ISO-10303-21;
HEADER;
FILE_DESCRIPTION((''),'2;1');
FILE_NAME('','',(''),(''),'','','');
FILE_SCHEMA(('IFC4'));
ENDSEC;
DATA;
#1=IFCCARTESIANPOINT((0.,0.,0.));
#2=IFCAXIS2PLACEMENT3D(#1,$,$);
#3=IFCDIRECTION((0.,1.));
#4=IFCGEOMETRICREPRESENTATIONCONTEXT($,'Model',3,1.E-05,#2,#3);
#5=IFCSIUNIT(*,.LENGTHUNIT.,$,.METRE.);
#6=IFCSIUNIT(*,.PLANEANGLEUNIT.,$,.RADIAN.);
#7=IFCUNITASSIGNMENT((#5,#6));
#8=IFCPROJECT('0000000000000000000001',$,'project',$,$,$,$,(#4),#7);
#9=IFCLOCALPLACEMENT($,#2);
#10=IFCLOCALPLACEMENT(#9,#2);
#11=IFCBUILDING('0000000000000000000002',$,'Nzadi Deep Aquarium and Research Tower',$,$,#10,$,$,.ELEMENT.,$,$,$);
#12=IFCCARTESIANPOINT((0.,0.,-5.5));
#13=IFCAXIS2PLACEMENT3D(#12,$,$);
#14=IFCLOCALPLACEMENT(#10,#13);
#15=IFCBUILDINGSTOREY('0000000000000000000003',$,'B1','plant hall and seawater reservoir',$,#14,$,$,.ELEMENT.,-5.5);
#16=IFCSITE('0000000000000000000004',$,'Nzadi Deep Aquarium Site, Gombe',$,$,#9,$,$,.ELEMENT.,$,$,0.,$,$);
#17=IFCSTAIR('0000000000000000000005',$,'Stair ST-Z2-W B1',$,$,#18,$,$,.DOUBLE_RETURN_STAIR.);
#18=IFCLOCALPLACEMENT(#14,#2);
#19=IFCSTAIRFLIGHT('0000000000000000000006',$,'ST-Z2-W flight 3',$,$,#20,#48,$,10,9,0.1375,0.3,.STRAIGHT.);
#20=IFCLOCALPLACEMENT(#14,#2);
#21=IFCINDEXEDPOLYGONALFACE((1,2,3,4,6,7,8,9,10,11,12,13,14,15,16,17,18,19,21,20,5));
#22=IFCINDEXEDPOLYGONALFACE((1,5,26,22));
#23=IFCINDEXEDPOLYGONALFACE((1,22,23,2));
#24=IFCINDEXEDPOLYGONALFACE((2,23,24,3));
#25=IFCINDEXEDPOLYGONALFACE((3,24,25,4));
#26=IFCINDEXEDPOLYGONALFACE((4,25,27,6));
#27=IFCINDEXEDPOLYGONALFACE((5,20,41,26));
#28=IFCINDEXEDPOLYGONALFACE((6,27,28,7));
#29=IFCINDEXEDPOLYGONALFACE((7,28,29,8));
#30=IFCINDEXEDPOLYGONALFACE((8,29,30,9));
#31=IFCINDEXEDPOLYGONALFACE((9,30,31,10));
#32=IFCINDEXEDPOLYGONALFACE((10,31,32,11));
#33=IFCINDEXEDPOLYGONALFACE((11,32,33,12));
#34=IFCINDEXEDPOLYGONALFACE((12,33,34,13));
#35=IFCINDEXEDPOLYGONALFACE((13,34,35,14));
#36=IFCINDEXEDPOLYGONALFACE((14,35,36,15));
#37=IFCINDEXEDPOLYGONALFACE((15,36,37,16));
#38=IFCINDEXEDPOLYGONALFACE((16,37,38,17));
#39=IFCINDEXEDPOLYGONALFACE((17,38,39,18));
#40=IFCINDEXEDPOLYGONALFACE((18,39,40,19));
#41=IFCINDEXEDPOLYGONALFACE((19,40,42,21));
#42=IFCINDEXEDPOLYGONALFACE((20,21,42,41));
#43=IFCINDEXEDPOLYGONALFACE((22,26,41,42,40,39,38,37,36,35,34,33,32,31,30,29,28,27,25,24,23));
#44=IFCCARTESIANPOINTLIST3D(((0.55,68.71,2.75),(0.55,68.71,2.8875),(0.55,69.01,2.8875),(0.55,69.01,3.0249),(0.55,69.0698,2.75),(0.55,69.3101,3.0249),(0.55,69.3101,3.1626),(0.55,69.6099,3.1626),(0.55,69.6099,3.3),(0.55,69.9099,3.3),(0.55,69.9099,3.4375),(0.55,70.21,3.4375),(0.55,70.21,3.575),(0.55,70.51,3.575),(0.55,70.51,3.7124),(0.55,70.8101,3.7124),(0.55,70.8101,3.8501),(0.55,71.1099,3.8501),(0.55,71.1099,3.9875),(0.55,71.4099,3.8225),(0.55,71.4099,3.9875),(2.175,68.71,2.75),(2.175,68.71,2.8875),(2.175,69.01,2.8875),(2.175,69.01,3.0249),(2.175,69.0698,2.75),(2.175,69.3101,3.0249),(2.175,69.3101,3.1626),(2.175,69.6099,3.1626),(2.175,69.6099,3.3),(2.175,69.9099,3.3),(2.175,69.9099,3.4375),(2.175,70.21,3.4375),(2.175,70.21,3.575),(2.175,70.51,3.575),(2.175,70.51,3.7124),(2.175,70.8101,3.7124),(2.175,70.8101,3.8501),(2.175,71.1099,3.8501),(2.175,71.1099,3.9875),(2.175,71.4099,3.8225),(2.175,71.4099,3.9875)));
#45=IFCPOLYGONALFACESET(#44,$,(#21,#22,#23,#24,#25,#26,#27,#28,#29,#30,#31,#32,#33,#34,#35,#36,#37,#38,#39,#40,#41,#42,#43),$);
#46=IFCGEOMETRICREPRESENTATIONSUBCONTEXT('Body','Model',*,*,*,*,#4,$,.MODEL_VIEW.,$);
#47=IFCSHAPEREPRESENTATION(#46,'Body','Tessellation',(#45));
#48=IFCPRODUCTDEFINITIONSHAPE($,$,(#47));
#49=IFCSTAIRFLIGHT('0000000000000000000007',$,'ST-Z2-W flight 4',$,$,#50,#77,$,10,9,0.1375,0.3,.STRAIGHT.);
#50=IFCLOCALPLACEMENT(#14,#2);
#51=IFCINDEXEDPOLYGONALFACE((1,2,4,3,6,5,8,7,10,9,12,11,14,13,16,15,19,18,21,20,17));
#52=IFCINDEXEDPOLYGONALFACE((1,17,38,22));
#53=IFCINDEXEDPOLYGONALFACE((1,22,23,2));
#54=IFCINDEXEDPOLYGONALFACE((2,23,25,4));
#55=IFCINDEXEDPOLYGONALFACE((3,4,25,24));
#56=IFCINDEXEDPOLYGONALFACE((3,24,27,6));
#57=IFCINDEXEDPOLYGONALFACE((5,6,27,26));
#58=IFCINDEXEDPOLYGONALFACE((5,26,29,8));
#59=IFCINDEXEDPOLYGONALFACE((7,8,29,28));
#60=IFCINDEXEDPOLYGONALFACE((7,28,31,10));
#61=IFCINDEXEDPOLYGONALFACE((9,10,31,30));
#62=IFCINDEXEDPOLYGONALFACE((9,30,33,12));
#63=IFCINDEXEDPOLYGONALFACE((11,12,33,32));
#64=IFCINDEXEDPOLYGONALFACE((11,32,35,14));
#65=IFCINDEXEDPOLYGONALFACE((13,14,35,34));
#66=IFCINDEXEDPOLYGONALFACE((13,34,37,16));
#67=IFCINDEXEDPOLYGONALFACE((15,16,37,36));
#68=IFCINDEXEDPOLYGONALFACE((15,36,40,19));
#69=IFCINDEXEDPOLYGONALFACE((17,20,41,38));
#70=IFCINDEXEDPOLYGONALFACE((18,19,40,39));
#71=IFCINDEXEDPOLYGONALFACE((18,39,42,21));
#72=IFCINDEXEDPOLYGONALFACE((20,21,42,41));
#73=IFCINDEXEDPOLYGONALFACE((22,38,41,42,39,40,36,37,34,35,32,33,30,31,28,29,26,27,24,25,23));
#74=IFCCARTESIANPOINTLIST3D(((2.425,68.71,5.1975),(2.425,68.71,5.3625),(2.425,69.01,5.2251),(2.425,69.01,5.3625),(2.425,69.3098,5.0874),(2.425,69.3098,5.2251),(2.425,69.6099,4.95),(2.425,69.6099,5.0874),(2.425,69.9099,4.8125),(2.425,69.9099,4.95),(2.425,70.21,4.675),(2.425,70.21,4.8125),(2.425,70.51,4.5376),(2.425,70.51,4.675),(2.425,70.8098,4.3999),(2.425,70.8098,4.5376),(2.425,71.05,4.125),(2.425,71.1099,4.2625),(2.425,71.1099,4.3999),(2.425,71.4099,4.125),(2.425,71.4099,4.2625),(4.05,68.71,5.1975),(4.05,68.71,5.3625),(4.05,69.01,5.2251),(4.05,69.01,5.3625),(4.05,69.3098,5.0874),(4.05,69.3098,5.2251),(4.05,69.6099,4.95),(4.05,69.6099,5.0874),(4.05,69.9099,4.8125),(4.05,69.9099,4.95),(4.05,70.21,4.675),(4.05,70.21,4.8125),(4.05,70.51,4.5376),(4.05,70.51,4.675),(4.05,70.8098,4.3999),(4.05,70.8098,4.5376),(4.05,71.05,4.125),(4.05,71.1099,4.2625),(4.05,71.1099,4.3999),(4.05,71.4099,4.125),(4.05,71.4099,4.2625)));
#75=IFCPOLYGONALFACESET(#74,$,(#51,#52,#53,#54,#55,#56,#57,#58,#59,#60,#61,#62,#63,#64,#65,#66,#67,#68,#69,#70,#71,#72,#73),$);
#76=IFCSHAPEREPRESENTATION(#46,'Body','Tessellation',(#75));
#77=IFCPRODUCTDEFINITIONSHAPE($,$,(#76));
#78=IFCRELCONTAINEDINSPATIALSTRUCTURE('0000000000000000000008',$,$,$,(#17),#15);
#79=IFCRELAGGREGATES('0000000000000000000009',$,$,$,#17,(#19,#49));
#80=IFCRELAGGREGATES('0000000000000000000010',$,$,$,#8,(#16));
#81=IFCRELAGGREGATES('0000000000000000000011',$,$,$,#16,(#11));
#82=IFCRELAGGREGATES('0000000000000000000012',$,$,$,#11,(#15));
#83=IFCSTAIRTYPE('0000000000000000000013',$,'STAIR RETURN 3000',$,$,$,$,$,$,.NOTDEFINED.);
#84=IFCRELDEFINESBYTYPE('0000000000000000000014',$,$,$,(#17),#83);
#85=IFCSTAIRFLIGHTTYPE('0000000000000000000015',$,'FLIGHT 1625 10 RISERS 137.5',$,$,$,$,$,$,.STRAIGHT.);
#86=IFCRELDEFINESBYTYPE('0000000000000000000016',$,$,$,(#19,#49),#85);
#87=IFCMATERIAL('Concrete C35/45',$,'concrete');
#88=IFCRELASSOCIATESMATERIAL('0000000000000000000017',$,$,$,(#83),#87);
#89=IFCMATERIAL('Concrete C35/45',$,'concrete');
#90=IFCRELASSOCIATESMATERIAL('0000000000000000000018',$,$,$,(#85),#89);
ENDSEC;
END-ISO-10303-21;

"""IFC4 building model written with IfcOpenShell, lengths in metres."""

from ifc_helpers import new_model, si_unit, direction, frame, origin, place, context, subcontext, project, spatial, polyline, outline, extrude, material, type_object, element, aggregate, save


model = new_model("IFC4")

# Units and contexts
model_context = context("Model", 3, precision=1e-05, world=origin(), true_north=direction((0.0, 1.0)))
body_context = subcontext(model_context, "Body", "Model", "MODEL_VIEW")
ifc_project = project(units=[si_unit("LENGTHUNIT", "METRE"), si_unit("PLANEANGLEUNIT", "RADIAN")], contexts=[model_context])

# Site, building, storey
site_placement = place(None, origin())
site = spatial("IfcSite", under=ifc_project, at=site_placement, Name="Nzadi Deep Aquarium Site, Gombe", CompositionType="ELEMENT", RefElevation=0.0)
building_placement = place(site_placement, origin())
building = spatial("IfcBuilding", under=site, at=building_placement, Name="Nzadi Deep Aquarium and Research Tower", CompositionType="ELEMENT")
storey_placement = place(building_placement, frame((0.0, 0.0, -5.5)))
storey = spatial("IfcBuildingStorey", under=building, at=storey_placement, Name="B1", Description="plant hall and seawater reservoir", CompositionType="ELEMENT", Elevation=-5.5)

# Stair, stair flights
ifc_material_1 = material(Name="Concrete C35/45", Category="concrete")
stair_type = type_object("IfcStairType", Name="STAIR RETURN 3000", PredefinedType="NOTDEFINED", material=ifc_material_1)
stair_placement = place(storey_placement, origin())
stair = element("IfcStair", 1, at=stair_placement, inside=storey, type_object=stair_type, Name="Stair ST-Z2-W B1", PredefinedType="DOUBLE_RETURN_STAIR")
ifc_material_2 = material(Name="Concrete C35/45", Category="concrete")
stair_flight_type = type_object("IfcStairFlightType", Name="FLIGHT 1625 10 RISERS 137.5", PredefinedType="STRAIGHT", material=ifc_material_2)
stair_flight_1_placement = place(storey_placement, frame((1.3625, 68.71, 2.75), z_axis=(0.0, 0.0, 1.0), x_axis=(0.0, 1.0, 0.0)))
stair_flight_1 = element("IfcStairFlight", 2, at=stair_flight_1_placement, type_object=stair_flight_type, Name="ST-Z2-W flight 3", NumberOfRisers=10, NumberOfTreads=9, PredefinedType="STRAIGHT", RiserHeight=0.1375, TreadLength=0.3, context=body_context, shape_type="SweptSolid", body=[
    extrude(outline(polyline([(0.0, 0.0), (0.0, 0.1375), (0.3, 0.1375), (0.3, 0.2749), (0.6001, 0.2749), (0.6001, 0.4126), (0.8999, 0.4126), (0.8999, 0.55), (1.2, 0.55), (1.2, 0.6875), (1.5, 0.6875), (1.5, 0.825), (1.8, 0.825), (1.8, 0.9624), (2.1001, 0.9624), (2.1001, 1.1001), (2.3999, 1.1001), (2.3999, 1.2375), (2.7, 1.2375), (2.7, 1.375), (2.7, 1.0725), (0.3599, 0.0), (0.0, 0.0)])), frame((0.0, 0.8125, 0.0), z_axis=(0.0, -1.0, 0.0), x_axis=(1.0, 0.0, 0.0)), (0.0, 0.0, 1.0), 1.625),
])
stair_flight_2_placement = place(storey_placement, frame((3.2375, 71.4099, 4.125), z_axis=(0.0, 0.0, 1.0), x_axis=(0.0, -1.0, 0.0)))
stair_flight_2 = element("IfcStairFlight", 3, at=stair_flight_2_placement, type_object=stair_flight_type, Name="ST-Z2-W flight 4", NumberOfRisers=10, NumberOfTreads=9, PredefinedType="STRAIGHT", RiserHeight=0.1375, TreadLength=0.3, context=body_context, shape_type="SweptSolid", body=[
    extrude(outline(polyline([(0.0, 0.0), (0.0, 0.1375), (0.3, 0.1375), (0.3, 0.2749), (0.6001, 0.2749), (0.6001, 0.4126), (0.8999, 0.4126), (0.8999, 0.55), (1.2, 0.55), (1.2, 0.6875), (1.5, 0.6875), (1.5, 0.825), (1.8, 0.825), (1.8, 0.9624), (2.1001, 0.9624), (2.1001, 1.1001), (2.3999, 1.1001), (2.3999, 1.2375), (2.7, 1.2375), (2.7, 1.375), (2.7, 1.0725), (0.3599, 0.0), (0.0, 0.0)])), frame((0.0, 0.8125, 0.0), z_axis=(0.0, -1.0, 0.0), x_axis=(1.0, 0.0, 0.0)), (0.0, 0.0, 1.0), 1.625),
])
aggregate(stair, [stair_flight_1, stair_flight_2])

save(model, "model.ifc")
